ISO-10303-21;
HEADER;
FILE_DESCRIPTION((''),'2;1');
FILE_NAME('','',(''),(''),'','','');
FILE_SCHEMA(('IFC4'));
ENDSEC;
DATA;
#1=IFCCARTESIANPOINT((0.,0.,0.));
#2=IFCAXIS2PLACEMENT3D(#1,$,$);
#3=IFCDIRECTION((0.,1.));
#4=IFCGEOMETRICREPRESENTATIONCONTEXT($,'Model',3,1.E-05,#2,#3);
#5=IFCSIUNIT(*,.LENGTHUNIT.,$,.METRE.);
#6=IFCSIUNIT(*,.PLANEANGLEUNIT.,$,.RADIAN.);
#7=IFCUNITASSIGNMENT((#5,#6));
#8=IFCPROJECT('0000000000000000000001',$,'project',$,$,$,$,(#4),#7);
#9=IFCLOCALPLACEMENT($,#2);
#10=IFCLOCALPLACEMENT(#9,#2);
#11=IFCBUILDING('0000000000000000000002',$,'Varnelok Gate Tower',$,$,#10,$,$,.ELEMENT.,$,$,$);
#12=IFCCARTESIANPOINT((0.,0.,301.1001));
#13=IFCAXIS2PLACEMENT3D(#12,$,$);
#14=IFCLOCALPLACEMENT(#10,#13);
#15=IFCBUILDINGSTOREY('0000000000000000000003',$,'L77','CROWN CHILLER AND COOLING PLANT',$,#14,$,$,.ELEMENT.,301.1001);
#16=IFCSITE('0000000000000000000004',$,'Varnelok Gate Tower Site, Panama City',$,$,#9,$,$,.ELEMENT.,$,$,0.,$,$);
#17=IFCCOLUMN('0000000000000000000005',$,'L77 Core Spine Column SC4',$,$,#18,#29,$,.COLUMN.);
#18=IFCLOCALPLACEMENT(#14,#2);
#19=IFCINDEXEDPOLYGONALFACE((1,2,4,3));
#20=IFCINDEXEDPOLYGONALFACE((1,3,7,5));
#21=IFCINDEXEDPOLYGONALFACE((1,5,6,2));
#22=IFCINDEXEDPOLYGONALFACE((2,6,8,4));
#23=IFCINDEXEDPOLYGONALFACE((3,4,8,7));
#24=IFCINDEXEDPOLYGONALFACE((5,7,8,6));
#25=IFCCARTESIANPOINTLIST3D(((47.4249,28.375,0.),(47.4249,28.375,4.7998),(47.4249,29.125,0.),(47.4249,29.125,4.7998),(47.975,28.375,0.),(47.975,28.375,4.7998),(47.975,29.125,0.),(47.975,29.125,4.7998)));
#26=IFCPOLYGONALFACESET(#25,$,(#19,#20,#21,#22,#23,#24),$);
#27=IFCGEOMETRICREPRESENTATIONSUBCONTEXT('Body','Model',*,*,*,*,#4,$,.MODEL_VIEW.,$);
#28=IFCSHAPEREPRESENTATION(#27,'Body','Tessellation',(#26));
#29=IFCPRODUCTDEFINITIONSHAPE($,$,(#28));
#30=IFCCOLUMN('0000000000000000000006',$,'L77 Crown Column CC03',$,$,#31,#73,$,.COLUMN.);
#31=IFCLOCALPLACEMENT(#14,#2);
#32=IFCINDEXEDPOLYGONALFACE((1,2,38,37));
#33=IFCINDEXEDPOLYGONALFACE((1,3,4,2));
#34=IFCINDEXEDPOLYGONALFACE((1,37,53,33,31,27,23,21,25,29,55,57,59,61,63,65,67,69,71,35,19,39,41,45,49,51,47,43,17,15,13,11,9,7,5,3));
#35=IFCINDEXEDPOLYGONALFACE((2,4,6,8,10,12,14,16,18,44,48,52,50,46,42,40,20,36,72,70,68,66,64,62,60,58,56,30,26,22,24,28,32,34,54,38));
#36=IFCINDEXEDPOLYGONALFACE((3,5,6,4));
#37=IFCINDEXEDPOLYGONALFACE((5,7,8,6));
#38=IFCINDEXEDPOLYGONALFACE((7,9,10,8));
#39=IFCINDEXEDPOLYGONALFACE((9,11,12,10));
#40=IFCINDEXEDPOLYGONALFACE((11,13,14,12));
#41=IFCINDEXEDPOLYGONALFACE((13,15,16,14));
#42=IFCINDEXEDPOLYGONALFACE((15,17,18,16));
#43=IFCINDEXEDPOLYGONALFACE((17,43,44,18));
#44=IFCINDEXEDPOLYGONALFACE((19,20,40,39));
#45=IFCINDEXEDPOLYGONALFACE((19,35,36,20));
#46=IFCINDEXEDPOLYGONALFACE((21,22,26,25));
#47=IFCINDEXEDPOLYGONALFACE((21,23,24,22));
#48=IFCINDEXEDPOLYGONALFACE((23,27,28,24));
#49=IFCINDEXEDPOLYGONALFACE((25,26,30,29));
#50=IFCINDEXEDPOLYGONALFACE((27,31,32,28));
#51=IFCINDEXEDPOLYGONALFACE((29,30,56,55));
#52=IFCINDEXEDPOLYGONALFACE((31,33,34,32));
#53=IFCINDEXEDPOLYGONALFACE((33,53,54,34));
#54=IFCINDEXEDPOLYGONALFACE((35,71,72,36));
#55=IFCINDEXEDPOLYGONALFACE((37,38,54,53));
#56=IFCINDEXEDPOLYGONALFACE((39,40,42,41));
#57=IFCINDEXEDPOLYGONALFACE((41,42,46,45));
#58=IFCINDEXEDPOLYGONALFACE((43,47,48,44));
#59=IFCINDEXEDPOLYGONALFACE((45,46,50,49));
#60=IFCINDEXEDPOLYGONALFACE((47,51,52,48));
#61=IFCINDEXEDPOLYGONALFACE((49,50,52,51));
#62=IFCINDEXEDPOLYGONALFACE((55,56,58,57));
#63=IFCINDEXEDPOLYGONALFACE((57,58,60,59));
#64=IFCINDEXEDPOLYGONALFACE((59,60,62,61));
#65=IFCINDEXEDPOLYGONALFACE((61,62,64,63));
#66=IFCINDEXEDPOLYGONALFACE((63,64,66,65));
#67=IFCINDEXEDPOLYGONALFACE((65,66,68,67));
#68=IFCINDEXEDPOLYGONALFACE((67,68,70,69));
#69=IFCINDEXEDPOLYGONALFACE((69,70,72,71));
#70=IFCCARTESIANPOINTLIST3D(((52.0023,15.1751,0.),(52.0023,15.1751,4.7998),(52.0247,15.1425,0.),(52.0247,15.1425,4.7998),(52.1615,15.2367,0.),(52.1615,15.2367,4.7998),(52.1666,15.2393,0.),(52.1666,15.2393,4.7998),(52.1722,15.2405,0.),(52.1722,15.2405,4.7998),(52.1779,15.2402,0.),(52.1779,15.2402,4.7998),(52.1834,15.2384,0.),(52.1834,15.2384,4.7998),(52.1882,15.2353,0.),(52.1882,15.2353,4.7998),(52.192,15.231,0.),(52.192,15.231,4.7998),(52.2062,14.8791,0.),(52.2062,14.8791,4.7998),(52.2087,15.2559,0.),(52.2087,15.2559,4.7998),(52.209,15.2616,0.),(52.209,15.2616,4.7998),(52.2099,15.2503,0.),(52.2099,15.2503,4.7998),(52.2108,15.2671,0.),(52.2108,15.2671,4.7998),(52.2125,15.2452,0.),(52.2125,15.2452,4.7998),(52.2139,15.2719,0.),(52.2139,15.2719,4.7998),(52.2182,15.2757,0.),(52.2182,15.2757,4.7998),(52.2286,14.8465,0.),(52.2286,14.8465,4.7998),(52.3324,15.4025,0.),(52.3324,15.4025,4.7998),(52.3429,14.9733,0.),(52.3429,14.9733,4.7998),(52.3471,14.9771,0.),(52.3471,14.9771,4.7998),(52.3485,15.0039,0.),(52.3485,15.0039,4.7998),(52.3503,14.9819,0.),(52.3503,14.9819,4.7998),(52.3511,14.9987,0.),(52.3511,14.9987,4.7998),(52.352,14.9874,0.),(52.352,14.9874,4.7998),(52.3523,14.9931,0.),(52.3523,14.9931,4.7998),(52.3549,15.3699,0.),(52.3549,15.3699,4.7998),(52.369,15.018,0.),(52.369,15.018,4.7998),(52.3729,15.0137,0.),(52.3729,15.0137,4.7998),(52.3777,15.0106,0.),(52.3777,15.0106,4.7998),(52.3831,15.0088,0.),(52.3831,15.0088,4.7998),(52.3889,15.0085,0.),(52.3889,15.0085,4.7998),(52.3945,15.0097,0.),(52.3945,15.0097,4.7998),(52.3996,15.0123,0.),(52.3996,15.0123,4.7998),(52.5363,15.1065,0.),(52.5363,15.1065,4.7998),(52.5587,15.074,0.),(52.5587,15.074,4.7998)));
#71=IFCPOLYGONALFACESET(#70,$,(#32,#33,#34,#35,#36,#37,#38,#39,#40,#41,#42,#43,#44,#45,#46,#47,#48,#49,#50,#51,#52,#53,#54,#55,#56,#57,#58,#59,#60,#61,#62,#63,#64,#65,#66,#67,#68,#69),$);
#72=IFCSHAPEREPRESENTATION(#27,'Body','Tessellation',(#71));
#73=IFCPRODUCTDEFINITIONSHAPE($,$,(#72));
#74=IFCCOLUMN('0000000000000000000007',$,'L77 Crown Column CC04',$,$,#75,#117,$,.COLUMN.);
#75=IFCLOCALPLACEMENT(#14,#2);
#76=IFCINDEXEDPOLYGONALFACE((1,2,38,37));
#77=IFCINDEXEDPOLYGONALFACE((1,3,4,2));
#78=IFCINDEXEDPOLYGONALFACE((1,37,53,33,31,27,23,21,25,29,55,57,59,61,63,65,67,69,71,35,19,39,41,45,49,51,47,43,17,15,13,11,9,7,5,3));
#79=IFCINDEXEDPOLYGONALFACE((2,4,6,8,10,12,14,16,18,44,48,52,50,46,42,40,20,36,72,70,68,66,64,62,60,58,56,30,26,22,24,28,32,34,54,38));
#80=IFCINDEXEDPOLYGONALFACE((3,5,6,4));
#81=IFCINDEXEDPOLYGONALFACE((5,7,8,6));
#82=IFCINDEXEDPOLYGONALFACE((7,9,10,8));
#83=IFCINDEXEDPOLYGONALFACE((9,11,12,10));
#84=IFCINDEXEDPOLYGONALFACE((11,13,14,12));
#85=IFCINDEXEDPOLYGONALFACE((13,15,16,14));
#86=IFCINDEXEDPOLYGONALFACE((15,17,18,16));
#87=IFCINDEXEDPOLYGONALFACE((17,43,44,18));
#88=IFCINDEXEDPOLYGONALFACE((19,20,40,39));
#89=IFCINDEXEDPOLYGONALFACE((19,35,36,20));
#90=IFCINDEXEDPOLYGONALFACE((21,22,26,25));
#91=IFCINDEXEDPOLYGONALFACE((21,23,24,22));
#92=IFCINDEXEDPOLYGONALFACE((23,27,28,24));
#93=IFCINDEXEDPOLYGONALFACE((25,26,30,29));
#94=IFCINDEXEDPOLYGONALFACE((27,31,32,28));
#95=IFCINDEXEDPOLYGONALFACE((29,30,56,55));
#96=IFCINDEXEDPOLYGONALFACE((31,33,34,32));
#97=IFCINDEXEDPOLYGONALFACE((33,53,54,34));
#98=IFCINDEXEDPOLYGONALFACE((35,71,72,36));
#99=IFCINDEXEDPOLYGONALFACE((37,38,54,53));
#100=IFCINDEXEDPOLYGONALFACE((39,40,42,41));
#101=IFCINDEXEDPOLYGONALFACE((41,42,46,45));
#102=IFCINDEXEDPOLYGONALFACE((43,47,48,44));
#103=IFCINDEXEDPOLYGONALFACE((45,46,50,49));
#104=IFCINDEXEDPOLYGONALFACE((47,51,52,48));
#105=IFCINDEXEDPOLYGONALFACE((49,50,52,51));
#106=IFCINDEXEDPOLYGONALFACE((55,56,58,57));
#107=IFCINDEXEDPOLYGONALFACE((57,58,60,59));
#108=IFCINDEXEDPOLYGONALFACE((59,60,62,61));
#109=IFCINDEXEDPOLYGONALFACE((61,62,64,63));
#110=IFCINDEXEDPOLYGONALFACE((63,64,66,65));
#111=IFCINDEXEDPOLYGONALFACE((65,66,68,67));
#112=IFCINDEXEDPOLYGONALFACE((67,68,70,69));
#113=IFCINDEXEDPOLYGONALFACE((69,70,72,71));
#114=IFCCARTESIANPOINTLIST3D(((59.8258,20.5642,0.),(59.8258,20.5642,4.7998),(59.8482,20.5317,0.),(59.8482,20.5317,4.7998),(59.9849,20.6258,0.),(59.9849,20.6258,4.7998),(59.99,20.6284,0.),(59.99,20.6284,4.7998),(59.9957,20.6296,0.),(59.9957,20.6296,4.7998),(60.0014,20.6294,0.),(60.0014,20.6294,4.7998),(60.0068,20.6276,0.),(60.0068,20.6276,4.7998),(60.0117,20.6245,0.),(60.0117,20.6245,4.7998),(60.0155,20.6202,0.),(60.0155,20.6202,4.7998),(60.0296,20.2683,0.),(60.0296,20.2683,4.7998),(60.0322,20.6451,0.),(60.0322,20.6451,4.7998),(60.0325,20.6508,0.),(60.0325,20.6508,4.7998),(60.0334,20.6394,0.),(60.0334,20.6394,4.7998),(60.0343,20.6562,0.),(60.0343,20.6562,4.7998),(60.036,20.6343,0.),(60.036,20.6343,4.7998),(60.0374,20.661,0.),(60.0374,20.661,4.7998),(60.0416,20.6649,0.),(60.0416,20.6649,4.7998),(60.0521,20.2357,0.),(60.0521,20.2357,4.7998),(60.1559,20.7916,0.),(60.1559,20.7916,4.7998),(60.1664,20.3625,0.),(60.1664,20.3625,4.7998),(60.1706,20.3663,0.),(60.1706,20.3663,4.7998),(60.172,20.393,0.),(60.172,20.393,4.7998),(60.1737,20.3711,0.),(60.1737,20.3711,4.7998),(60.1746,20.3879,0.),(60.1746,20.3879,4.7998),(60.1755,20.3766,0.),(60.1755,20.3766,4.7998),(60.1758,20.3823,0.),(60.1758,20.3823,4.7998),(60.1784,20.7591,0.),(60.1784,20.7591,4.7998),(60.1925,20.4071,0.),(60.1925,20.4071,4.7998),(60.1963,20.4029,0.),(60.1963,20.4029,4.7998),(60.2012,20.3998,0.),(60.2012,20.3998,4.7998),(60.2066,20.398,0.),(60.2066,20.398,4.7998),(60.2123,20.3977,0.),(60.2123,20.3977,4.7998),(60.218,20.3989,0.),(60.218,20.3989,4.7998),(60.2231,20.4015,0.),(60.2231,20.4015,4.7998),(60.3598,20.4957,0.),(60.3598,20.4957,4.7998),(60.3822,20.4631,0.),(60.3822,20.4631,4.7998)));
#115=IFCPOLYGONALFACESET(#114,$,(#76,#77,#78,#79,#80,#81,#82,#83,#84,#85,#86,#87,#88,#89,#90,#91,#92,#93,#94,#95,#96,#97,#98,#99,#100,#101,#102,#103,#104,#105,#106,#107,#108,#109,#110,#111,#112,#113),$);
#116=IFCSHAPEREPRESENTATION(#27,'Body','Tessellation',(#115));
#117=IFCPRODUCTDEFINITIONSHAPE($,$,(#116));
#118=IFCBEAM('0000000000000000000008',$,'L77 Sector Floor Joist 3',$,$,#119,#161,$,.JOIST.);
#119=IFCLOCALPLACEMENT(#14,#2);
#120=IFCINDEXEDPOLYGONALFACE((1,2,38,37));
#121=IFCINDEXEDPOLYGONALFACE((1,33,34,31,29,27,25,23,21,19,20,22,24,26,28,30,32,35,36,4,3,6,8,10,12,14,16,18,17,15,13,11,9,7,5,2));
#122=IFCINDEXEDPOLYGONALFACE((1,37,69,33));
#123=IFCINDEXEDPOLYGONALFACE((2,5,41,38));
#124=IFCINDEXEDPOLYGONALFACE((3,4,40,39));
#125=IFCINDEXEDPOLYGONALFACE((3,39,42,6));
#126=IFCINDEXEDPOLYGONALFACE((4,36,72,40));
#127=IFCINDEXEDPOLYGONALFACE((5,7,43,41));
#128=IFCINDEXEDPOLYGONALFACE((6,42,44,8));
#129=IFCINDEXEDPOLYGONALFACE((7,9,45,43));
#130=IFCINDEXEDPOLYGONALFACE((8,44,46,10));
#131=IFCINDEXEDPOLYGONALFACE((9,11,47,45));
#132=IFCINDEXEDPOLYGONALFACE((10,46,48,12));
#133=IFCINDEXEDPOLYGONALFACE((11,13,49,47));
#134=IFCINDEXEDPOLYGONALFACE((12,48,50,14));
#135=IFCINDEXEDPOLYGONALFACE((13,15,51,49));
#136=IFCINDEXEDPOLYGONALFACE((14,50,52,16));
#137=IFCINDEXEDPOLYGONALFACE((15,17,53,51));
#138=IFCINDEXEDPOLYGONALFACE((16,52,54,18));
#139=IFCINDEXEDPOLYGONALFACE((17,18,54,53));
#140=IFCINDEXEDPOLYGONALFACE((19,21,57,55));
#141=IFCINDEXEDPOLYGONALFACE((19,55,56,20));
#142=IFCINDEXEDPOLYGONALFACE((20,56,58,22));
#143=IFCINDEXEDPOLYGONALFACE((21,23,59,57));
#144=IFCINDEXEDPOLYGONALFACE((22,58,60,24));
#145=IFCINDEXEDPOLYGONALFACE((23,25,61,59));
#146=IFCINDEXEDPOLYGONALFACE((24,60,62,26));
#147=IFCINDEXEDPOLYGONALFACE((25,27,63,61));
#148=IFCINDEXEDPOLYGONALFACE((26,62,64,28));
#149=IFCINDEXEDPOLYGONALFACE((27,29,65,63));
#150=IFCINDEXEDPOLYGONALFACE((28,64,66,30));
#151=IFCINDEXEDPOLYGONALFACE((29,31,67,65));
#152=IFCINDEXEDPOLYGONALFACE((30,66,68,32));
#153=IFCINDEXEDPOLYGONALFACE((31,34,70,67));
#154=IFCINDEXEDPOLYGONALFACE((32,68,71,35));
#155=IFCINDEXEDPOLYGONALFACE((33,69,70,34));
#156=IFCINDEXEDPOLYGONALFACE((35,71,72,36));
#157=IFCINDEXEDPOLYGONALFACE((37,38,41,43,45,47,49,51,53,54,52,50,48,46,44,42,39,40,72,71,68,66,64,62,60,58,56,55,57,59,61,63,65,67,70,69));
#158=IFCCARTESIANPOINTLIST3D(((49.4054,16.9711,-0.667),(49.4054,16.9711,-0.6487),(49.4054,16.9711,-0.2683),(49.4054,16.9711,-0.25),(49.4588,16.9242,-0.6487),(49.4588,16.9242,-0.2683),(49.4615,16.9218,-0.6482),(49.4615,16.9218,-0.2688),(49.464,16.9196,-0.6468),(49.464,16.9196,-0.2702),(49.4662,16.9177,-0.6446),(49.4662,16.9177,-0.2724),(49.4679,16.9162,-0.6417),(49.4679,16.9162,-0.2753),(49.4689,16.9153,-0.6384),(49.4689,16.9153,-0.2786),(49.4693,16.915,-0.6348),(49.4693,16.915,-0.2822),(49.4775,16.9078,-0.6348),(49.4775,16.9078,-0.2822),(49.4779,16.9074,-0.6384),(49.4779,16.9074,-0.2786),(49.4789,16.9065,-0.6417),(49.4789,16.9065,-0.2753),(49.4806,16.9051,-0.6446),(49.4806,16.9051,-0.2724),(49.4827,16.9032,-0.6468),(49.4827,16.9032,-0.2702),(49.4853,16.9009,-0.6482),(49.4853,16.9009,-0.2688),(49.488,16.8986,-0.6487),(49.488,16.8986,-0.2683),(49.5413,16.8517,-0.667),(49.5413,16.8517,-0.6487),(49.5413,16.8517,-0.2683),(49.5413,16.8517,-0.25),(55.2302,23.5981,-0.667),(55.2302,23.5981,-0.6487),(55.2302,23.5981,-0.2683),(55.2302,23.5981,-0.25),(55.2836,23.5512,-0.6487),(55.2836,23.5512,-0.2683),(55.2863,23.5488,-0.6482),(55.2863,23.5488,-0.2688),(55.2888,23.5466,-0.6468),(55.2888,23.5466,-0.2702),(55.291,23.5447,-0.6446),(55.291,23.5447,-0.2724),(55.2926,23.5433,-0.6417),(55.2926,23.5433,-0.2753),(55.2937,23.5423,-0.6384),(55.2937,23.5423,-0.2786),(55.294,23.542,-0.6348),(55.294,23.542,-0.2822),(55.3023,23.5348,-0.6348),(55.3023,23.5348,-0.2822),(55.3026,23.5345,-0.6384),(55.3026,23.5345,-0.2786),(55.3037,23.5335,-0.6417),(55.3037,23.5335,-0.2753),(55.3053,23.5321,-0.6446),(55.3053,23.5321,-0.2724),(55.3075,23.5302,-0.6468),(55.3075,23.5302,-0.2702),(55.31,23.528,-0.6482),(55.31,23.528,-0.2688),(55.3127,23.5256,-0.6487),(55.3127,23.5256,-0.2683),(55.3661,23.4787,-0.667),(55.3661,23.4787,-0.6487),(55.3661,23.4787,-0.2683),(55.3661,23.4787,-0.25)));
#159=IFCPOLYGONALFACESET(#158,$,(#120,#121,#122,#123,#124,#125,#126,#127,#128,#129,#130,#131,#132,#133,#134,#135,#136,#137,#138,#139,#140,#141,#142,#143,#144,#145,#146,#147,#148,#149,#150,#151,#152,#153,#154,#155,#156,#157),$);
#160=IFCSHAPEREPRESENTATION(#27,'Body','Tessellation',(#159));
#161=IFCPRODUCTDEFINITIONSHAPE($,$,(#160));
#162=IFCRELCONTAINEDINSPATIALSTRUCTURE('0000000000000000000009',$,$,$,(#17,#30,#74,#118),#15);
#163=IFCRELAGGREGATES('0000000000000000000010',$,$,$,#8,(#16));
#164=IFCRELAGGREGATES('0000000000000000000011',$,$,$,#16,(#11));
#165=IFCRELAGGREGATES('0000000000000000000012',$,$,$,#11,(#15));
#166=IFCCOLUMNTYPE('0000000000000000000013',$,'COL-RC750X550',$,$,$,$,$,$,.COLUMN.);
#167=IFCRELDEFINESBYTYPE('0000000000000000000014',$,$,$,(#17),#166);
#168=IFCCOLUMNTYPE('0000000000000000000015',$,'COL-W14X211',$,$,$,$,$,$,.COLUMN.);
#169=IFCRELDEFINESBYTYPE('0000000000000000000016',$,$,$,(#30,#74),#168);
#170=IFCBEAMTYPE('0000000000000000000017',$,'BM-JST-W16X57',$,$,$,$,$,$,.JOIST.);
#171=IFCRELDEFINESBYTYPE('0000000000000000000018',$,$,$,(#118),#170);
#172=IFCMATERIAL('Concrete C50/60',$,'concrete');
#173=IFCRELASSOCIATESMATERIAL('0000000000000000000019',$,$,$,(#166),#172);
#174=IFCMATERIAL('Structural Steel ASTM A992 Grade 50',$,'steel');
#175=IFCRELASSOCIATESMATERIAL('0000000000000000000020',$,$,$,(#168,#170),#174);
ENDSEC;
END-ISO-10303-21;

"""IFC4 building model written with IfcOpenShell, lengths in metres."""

from ifc_helpers import new_model, si_unit, direction, frame, origin, origin_2d, place, context, subcontext, project, spatial, rectangle, i_section, extrude, material, material_profile, profile_set, type_object, element, save


model = new_model("IFC4")

# Units and contexts
model_context = context("Model", 3, precision=1e-05, world=origin(), true_north=direction((0.0, 1.0)))
body_context = subcontext(model_context, "Body", "Model", "MODEL_VIEW")
ifc_project = project(units=[si_unit("LENGTHUNIT", "METRE"), si_unit("PLANEANGLEUNIT", "RADIAN")], contexts=[model_context])

# Site, building, storey
site_placement = place(None, origin())
site = spatial("IfcSite", under=ifc_project, at=site_placement, Name="Varnelok Gate Tower Site, Panama City", CompositionType="ELEMENT", RefElevation=0.0)
building_placement = place(site_placement, origin())
building = spatial("IfcBuilding", under=site, at=building_placement, Name="Varnelok Gate Tower", CompositionType="ELEMENT")
storey_placement = place(building_placement, frame((0.0, 0.0, 301.1001)))
storey = spatial("IfcBuildingStorey", under=building, at=storey_placement, Name="L77", Description="CROWN CHILLER AND COOLING PLANT", CompositionType="ELEMENT", Elevation=301.1001)

# Columns
ifc_material_1 = material(Name="Concrete C50/60", Category="concrete")
ifc_material_profile_1 = material_profile(ifc_material_1, rectangle(XDim=0.55, YDim=0.75, at=origin_2d()), Name="RC750X550")
ifc_profile_set_1 = profile_set([ifc_material_profile_1], Name="Concrete C50/60")
column_type_1 = type_object("IfcColumnType", Name="COL-RC750X550", PredefinedType="COLUMN", material=ifc_profile_set_1)
column_placement = place(storey_placement, frame((47.7, 28.75, 0.0), z_axis=(0.0, 0.0, 1.0), x_axis=(1.0, 0.0, 0.0)))
element("IfcColumn", 1, at=column_placement, inside=storey, type_object=column_type_1, Name="L77 Core Spine Column SC4", PredefinedType="COLUMN", context=body_context, shape_type="SweptSolid", body=[
    extrude(rectangle(XDim=0.55, YDim=0.75, at=origin_2d()), origin(), (0.0, 0.0, 1.0), 4.7998),
])
ifc_material_2 = material(Name="Structural Steel ASTM A992 Grade 50", Category="steel")
ifc_material_profile_2 = material_profile(ifc_material_2, i_section(OverallWidth=0.4009, OverallDepth=0.3989, WebThickness=0.0249, FlangeThickness=0.0396, FilletRadius=0.022, at=origin_2d()), Name="W14X211")
ifc_profile_set_2 = profile_set([ifc_material_profile_2], Name="Structural Steel ASTM A992 Grade 50")
column_type_2 = type_object("IfcColumnType", Name="COL-W14X211", PredefinedType="COLUMN", material=ifc_profile_set_2)
for number, where, z_axis, x_axis, name in (
    (2, (52.2805, 15.1245, 0.0), (0.0, 0.0, 1.0), (0.823533, 0.567269, 0.0), "L77 Crown Column CC03"),
    (3, (60.104, 20.5137, 0.0), (0.0, 0.0, 1.0), (0.823533, 0.567269, 0.0), "L77 Crown Column CC04"),
):
    element("IfcColumn", number, at=place(storey_placement, frame(where, z_axis=z_axis, x_axis=x_axis)), inside=storey, type_object=column_type_2, Name=name, PredefinedType="COLUMN", context=body_context, shape_type="SweptSolid", body=[
        extrude(i_section(OverallWidth=0.4009, OverallDepth=0.3989, WebThickness=0.0249, FlangeThickness=0.0396, FilletRadius=0.022, at=origin_2d()), origin(), (0.0, 0.0, 1.0), 4.7998),
    ])

# Beam
ifc_material_profile_3 = material_profile(ifc_material_2, i_section(OverallWidth=0.1809, OverallDepth=0.417, WebThickness=0.011, FlangeThickness=0.0183, FilletRadius=0.0139, at=origin_2d()), Name="W16X57")
ifc_profile_set_3 = profile_set([ifc_material_profile_3], Name="Structural Steel ASTM A992 Grade 50")
beam_type_1 = type_object("IfcBeamType", Name="BM-JST-W16X57", PredefinedType="JOIST", material=ifc_profile_set_3)
beam_1_placement = place(storey_placement, frame((49.4734, 16.9114, -0.4585), z_axis=(0.66018, 0.751108, 0.0), x_axis=(-0.751108, 0.66018, 0.0)))
element("IfcBeam", 4, at=beam_1_placement, inside=storey, type_object=beam_type_1, Name="L77 Sector Floor Joist 3", PredefinedType="JOIST", context=body_context, shape_type="SweptSolid", body=[
    extrude(i_section(OverallWidth=0.1809, OverallDepth=0.417, WebThickness=0.011, FlangeThickness=0.0183, FilletRadius=0.0139, at=origin_2d()), origin(), (0.0, 0.0, 1.0), 8.823),
])

save(model, "model.ifc")
